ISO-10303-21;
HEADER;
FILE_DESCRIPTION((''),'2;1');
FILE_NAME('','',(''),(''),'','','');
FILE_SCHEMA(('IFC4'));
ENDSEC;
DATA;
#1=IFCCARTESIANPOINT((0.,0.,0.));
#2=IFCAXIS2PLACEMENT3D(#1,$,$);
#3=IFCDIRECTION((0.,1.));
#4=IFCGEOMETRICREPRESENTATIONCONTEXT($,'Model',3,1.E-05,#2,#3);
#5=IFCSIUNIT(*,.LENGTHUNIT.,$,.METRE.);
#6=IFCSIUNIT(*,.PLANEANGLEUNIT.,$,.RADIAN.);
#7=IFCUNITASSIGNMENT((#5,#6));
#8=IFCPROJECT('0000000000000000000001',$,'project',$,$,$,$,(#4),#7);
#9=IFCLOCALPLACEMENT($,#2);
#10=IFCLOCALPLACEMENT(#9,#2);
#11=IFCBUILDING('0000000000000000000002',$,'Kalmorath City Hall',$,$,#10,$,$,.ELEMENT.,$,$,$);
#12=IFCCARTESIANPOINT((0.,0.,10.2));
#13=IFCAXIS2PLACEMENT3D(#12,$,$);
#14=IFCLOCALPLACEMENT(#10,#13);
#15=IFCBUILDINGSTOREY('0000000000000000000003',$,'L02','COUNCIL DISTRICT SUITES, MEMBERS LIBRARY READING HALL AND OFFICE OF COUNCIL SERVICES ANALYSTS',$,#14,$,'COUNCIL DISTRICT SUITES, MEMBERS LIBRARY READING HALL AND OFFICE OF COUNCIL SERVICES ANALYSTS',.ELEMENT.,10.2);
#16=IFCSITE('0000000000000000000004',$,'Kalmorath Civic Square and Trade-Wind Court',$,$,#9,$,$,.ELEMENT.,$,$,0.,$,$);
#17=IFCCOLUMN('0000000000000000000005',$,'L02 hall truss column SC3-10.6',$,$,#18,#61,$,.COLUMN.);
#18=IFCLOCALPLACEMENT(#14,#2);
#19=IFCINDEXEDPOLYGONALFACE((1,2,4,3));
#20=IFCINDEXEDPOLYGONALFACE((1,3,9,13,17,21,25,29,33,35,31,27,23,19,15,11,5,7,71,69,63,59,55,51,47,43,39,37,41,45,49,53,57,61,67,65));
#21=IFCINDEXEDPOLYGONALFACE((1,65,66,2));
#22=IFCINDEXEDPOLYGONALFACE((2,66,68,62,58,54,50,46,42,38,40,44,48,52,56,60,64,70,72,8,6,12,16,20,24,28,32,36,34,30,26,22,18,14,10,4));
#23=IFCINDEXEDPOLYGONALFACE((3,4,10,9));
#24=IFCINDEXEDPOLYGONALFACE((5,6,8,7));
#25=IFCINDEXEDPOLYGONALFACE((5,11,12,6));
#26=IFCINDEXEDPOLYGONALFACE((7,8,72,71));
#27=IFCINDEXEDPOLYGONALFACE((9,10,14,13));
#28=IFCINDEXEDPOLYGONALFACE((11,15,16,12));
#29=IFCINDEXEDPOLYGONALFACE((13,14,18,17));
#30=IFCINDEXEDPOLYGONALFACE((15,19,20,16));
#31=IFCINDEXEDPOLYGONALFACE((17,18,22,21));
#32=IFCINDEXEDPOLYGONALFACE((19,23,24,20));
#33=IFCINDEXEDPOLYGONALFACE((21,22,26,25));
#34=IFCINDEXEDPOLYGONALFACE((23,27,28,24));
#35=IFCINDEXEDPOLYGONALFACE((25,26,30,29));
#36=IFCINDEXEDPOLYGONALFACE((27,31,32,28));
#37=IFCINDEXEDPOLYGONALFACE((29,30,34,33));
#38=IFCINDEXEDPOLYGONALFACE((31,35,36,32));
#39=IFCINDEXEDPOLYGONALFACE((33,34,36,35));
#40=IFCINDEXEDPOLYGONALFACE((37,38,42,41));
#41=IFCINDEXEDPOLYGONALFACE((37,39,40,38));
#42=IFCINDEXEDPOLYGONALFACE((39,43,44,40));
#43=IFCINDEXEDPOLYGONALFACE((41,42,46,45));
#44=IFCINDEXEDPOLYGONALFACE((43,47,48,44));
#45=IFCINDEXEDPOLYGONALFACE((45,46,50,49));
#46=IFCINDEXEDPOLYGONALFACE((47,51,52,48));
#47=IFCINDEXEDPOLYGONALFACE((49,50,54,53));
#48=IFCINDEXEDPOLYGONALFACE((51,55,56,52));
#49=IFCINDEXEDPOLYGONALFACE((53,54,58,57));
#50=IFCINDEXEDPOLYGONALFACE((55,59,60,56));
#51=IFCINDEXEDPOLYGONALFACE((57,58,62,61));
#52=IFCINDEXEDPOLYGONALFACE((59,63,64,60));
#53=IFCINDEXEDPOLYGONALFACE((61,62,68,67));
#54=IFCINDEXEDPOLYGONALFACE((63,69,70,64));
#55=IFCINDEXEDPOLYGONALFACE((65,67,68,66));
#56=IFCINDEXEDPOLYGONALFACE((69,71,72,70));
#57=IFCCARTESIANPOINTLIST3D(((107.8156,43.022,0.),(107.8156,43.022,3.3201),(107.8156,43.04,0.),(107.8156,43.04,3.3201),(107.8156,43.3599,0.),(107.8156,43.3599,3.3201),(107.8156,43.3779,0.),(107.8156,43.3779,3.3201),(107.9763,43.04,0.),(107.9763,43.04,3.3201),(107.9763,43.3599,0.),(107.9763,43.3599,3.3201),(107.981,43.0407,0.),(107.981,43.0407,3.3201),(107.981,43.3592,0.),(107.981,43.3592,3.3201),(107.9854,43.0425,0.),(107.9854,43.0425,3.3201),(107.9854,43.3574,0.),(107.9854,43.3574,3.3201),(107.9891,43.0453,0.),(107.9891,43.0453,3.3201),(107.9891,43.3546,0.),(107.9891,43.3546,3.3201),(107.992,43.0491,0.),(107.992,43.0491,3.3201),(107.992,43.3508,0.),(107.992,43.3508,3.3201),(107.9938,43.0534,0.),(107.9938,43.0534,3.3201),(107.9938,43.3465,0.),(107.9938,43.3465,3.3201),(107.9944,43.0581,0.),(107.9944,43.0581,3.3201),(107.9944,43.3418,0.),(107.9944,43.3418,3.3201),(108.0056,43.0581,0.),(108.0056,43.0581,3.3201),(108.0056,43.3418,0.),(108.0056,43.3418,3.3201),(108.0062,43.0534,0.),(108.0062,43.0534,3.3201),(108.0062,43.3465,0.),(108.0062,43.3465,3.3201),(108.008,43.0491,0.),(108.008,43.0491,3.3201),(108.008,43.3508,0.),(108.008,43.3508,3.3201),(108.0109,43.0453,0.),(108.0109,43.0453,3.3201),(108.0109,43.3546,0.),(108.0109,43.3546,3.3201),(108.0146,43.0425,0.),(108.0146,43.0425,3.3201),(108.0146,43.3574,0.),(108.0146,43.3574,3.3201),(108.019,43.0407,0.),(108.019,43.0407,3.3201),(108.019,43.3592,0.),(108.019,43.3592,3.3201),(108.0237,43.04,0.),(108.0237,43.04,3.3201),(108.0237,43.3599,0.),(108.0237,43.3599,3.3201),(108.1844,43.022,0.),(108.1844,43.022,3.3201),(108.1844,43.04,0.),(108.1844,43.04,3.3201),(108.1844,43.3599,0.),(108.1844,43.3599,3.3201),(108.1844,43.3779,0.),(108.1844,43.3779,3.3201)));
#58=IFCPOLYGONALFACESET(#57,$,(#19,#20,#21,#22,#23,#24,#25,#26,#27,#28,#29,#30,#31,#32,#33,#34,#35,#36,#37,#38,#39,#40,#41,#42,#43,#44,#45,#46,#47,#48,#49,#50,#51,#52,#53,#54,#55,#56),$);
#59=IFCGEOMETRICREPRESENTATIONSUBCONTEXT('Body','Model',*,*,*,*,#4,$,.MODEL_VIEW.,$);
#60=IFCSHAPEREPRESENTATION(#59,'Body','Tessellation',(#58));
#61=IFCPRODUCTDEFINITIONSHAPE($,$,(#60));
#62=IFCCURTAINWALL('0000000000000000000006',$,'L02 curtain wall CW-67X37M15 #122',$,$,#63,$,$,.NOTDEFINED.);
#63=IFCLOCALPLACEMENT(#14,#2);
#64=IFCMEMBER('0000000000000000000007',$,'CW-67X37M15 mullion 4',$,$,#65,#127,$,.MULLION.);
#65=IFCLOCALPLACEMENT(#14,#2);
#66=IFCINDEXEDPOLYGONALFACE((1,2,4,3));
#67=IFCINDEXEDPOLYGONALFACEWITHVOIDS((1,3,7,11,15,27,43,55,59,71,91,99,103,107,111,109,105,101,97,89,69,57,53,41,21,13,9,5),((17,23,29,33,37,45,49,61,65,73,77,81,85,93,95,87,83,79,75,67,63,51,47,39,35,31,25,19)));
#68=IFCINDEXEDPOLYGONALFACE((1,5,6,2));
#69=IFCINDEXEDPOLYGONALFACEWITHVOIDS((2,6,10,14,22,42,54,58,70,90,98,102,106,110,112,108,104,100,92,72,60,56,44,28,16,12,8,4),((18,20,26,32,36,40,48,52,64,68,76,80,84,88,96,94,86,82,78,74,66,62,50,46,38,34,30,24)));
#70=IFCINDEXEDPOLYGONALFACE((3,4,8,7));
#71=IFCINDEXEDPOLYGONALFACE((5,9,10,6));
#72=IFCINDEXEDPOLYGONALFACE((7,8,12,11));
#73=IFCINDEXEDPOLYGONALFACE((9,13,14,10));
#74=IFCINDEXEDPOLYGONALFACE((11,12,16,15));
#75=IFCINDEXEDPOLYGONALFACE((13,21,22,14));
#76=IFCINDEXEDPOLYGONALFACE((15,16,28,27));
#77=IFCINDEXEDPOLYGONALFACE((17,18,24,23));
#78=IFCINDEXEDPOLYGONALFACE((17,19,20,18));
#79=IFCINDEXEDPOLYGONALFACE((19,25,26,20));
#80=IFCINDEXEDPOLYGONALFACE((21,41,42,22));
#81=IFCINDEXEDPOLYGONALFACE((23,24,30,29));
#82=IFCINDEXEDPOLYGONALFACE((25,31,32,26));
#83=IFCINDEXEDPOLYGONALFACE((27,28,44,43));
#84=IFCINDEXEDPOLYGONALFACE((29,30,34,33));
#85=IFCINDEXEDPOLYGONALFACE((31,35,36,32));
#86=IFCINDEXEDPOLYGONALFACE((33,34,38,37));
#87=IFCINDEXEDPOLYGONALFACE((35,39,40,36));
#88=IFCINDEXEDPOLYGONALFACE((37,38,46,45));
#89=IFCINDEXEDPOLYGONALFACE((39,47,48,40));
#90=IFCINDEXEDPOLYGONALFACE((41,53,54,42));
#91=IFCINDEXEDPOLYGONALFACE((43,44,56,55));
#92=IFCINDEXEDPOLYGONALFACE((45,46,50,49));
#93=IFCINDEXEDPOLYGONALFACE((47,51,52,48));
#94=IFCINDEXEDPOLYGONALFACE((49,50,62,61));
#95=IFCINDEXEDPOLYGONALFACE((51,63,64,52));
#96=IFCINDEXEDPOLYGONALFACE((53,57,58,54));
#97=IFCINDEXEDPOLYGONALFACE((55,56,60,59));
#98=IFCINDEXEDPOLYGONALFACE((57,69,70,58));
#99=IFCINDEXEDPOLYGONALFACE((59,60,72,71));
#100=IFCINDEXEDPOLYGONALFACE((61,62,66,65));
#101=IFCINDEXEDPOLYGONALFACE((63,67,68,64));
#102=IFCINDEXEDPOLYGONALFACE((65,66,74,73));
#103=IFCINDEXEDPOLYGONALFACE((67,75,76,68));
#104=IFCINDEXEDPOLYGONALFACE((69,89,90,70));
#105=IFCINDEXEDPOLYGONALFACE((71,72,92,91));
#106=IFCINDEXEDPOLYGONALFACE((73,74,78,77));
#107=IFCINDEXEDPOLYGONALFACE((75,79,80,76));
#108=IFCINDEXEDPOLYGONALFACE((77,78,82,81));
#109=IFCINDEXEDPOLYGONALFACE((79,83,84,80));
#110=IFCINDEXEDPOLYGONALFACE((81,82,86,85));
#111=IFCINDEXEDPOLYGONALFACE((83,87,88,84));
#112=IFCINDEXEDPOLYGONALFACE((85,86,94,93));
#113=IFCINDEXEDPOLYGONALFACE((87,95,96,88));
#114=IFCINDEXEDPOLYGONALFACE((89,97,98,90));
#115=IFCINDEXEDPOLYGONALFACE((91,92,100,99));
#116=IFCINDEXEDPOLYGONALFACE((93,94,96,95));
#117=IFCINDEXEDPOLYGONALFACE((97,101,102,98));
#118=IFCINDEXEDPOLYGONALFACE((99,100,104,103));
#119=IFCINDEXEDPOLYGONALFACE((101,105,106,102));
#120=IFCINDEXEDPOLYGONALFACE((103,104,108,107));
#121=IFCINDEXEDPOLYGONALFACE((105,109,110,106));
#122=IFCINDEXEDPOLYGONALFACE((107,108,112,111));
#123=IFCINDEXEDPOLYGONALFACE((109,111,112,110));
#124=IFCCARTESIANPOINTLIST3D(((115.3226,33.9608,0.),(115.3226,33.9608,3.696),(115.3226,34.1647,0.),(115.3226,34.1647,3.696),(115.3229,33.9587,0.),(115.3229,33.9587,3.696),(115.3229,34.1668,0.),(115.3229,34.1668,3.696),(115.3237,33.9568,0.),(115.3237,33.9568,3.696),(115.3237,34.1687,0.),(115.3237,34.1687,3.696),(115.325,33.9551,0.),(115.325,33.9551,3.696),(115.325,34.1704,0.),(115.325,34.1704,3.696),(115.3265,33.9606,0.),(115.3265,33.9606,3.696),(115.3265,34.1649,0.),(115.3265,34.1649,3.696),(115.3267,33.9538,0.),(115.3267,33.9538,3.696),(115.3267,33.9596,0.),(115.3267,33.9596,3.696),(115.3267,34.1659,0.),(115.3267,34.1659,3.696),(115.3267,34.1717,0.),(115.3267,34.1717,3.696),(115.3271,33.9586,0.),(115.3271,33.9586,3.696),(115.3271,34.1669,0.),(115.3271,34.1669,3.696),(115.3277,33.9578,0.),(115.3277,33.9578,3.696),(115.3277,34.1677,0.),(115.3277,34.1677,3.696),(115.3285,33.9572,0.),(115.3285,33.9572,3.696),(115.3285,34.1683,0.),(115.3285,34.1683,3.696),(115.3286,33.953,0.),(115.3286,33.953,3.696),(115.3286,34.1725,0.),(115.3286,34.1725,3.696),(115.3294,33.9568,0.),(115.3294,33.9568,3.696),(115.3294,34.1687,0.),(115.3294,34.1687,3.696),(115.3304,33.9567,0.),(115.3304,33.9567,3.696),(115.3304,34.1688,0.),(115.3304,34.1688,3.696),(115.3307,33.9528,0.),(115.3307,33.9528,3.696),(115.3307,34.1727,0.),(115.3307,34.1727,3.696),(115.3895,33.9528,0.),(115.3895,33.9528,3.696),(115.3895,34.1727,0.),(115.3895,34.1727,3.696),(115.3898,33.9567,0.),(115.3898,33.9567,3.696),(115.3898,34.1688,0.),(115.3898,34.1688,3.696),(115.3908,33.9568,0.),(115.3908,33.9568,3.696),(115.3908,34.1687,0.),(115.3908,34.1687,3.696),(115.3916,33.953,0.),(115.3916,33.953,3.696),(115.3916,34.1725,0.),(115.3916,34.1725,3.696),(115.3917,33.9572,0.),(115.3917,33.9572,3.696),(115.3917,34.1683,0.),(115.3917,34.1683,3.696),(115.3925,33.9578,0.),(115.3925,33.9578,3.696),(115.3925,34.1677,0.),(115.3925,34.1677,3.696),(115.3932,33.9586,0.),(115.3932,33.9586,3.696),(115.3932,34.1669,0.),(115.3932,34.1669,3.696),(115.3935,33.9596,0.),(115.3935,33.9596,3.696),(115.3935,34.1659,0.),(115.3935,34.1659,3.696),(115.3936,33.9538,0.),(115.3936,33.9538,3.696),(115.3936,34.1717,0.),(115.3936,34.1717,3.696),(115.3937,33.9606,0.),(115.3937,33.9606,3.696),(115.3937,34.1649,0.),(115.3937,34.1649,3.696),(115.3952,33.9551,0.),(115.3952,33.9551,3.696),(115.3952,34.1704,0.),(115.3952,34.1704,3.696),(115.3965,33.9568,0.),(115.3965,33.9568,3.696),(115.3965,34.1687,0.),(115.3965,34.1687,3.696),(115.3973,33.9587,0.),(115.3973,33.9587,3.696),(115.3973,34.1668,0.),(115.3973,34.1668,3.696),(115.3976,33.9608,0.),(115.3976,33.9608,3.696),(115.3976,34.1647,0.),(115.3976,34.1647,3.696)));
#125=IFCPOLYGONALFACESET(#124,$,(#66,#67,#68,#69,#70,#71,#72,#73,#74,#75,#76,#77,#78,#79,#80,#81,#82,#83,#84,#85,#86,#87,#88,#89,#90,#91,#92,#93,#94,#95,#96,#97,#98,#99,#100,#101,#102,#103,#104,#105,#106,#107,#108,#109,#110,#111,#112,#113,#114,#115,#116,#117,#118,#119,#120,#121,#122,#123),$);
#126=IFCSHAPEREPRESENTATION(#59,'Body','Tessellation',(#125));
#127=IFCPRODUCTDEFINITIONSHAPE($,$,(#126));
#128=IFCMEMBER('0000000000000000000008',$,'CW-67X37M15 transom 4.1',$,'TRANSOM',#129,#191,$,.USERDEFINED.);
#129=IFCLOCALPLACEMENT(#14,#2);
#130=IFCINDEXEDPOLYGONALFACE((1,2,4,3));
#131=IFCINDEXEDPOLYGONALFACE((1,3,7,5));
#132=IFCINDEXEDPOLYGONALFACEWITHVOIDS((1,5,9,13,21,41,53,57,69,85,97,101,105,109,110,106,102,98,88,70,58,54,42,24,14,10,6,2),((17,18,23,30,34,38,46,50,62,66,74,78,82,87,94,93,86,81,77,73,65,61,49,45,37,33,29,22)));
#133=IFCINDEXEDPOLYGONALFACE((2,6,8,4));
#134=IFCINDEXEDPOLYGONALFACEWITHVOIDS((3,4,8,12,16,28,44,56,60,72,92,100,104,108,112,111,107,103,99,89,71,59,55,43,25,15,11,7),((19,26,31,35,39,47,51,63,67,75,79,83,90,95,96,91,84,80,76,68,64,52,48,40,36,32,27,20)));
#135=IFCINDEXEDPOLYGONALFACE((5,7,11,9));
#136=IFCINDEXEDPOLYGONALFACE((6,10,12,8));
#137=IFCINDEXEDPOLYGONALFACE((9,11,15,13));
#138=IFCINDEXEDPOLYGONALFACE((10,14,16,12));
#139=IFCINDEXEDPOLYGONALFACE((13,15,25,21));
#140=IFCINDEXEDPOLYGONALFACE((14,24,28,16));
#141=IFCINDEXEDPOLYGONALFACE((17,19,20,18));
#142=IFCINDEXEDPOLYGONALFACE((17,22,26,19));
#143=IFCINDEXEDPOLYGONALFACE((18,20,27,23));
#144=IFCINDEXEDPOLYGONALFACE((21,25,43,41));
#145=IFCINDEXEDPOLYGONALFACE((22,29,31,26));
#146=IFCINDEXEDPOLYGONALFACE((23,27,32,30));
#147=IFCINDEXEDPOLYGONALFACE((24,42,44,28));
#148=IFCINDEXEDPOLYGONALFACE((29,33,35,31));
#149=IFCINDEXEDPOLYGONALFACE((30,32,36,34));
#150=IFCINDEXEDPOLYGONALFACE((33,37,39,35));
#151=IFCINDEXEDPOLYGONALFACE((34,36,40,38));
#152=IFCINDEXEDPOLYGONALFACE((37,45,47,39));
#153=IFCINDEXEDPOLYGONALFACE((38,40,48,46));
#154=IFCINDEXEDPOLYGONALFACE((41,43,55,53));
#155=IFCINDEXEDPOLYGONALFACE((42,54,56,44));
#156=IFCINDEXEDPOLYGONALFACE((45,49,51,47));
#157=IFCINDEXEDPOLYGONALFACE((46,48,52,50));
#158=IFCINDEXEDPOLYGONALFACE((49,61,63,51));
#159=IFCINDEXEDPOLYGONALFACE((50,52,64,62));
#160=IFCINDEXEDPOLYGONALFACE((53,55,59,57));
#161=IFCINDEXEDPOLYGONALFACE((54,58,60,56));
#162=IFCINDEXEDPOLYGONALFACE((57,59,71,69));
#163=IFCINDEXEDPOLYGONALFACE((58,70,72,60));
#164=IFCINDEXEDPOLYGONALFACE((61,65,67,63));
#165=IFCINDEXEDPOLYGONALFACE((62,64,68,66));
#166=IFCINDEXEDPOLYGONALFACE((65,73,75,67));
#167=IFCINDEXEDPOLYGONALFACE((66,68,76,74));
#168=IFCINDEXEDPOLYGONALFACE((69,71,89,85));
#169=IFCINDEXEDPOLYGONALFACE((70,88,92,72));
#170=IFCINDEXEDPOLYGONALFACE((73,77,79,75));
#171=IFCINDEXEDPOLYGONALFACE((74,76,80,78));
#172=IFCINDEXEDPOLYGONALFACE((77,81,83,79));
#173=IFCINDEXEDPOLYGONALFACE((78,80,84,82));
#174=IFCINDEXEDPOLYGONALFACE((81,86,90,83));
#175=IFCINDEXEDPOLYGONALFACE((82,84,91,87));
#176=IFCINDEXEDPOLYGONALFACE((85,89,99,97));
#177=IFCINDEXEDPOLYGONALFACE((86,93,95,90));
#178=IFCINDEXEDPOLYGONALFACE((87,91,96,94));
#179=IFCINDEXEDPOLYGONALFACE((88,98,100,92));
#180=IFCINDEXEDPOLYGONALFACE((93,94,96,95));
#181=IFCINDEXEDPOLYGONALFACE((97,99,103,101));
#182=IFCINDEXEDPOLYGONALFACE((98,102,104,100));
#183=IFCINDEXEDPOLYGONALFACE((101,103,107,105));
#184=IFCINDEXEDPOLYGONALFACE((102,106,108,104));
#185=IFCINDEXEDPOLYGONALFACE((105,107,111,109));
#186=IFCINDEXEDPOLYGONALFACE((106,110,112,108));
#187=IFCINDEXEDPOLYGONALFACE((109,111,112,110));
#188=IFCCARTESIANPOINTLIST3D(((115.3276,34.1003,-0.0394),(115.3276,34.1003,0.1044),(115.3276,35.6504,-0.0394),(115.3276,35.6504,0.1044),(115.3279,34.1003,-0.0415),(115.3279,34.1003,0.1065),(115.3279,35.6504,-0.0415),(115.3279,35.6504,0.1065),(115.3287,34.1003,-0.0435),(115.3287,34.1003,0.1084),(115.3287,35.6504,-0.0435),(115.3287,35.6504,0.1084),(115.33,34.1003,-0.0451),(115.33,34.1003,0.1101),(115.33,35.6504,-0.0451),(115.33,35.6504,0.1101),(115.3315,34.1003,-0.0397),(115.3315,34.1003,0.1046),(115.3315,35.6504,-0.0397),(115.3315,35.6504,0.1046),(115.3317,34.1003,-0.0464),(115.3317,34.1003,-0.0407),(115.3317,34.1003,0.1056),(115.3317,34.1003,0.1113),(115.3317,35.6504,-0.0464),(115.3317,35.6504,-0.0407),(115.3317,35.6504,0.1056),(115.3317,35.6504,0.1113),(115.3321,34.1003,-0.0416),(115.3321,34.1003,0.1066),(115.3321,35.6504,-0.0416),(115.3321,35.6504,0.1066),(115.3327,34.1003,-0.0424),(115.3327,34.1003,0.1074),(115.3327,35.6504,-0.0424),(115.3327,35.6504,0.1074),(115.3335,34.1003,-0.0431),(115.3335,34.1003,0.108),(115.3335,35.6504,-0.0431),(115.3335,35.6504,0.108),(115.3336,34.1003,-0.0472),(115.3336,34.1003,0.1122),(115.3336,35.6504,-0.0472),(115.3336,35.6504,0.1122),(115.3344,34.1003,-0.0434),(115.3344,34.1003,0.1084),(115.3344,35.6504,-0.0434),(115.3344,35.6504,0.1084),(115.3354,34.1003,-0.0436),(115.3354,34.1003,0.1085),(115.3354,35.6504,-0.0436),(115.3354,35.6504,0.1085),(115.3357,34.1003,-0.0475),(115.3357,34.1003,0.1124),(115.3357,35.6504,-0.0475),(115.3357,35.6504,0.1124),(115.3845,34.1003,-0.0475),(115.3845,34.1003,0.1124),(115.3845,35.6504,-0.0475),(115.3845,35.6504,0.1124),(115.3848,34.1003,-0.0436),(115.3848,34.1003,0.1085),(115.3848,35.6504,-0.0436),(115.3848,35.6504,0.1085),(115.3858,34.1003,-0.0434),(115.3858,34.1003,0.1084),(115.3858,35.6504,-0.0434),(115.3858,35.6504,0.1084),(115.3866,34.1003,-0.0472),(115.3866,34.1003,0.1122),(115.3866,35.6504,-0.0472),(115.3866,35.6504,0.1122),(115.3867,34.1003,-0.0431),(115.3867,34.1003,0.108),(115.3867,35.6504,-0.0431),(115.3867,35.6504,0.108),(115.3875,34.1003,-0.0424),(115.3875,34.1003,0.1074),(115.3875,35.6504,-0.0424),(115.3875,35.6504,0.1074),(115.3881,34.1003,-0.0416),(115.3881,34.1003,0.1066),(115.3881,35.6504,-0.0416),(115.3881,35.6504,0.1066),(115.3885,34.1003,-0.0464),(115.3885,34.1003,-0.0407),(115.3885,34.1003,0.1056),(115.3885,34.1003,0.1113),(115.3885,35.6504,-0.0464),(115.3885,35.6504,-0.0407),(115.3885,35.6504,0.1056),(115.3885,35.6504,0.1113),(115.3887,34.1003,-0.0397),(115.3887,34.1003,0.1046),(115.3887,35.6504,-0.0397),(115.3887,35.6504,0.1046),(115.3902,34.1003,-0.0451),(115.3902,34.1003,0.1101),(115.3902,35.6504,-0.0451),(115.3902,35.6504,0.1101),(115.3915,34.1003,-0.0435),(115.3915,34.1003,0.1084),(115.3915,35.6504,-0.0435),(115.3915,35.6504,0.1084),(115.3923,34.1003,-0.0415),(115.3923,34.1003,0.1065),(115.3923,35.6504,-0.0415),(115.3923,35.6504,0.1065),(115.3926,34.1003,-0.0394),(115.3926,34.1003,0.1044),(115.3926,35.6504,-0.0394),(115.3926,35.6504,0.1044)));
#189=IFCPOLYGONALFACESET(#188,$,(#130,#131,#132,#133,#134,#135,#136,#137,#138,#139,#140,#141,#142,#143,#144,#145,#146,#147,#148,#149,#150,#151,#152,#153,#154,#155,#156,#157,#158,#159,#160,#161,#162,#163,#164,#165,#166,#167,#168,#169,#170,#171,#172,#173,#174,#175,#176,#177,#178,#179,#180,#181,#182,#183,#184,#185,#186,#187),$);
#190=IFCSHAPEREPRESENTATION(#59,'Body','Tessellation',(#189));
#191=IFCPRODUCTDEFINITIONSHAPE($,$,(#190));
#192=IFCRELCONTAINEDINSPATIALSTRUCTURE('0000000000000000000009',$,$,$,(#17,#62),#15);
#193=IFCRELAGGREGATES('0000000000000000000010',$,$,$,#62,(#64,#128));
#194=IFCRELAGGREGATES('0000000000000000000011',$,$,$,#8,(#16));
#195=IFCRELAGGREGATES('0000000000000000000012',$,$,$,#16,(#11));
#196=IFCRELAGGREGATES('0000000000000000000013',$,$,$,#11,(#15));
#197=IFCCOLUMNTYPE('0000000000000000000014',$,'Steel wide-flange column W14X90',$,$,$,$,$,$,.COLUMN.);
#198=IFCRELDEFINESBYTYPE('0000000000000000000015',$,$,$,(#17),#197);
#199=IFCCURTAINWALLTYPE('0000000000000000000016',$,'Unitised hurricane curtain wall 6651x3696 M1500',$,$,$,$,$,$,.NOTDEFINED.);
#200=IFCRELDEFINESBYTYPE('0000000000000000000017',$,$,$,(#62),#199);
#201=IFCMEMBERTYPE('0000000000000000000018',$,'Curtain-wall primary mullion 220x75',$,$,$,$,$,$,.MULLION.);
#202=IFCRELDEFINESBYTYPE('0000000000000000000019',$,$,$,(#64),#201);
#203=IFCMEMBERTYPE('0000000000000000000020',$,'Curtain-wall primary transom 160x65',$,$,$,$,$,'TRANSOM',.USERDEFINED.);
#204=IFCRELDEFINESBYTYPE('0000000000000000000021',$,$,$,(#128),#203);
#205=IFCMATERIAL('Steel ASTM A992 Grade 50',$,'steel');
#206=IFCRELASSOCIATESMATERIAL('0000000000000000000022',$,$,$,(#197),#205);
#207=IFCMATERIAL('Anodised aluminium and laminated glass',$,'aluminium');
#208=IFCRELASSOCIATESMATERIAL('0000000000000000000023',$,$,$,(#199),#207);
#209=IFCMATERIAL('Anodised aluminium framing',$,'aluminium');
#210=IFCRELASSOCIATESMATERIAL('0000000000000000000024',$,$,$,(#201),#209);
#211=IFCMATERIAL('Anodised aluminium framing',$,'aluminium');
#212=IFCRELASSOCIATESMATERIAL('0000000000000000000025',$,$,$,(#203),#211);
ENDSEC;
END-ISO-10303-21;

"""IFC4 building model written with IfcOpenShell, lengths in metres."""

from ifc_helpers import new_model, si_unit, direction, frame, origin, origin_2d, place, context, subcontext, project, spatial, hollow_rectangle, i_section, extrude, material, material_profile, profile_set, type_object, element, aggregate, save


model = new_model("IFC4")

# Units and contexts
model_context = context("Model", 3, precision=1e-05, world=origin(), true_north=direction((0.0, 1.0)))
body_context = subcontext(model_context, "Body", "Model", "MODEL_VIEW")
ifc_project = project(units=[si_unit("LENGTHUNIT", "METRE"), si_unit("PLANEANGLEUNIT", "RADIAN")], contexts=[model_context])

# Site, building, storey
site_placement = place(None, origin())
site = spatial("IfcSite", under=ifc_project, at=site_placement, Name="Kalmorath Civic Square and Trade-Wind Court", CompositionType="ELEMENT", RefElevation=0.0)
building_placement = place(site_placement, origin())
building = spatial("IfcBuilding", under=site, at=building_placement, Name="Kalmorath City Hall", CompositionType="ELEMENT")
storey_placement = place(building_placement, frame((0.0, 0.0, 10.2)))
storey = spatial("IfcBuildingStorey", under=building, at=storey_placement, Name="L02", Description="COUNCIL DISTRICT SUITES, MEMBERS LIBRARY READING HALL AND OFFICE OF COUNCIL SERVICES ANALYSTS", LongName="COUNCIL DISTRICT SUITES, MEMBERS LIBRARY READING HALL AND OFFICE OF COUNCIL SERVICES ANALYSTS", CompositionType="ELEMENT", Elevation=10.2)

# Column
ifc_material_1 = material(Name="Steel ASTM A992 Grade 50", Category="steel")
ifc_material_profile_1 = material_profile(ifc_material_1, i_section(OverallWidth=0.3689, OverallDepth=0.356, WebThickness=0.0112, FlangeThickness=0.0181, FilletRadius=0.0181, at=origin_2d()), Name="W14X90")
ifc_profile_set_1 = profile_set([ifc_material_profile_1], Name="Steel ASTM A992 Grade 50")
column_type = type_object("IfcColumnType", Name="Steel wide-flange column W14X90", PredefinedType="COLUMN", material=ifc_profile_set_1)
column_1_placement = place(storey_placement, frame((108.0, 43.2, 0.0), z_axis=(0.0, 0.0, 1.0), x_axis=(1.0, 0.0, 0.0)))
element("IfcColumn", 1, at=column_1_placement, inside=storey, type_object=column_type, Name="L02 hall truss column SC3-10.6", PredefinedType="COLUMN", context=body_context, shape_type="SweptSolid", body=[
    extrude(i_section(OverallWidth=0.3689, OverallDepth=0.356, WebThickness=0.0112, FlangeThickness=0.0181, FilletRadius=0.0181, at=origin_2d()), origin(), (0.0, 0.0, 1.0), 3.3201),
])

# Curtain wall, members
ifc_material_2 = material(Name="Anodised aluminium and laminated glass", Category="aluminium")
curtain_wall_type = type_object("IfcCurtainWallType", Name="Unitised hurricane curtain wall 6651x3696 M1500", PredefinedType="NOTDEFINED", material=ifc_material_2)
curtain_wall_placement = place(storey_placement, origin())
curtain_wall = element("IfcCurtainWall", 2, at=curtain_wall_placement, inside=storey, type_object=curtain_wall_type, Name="L02 curtain wall CW-67X37M15 #122", PredefinedType="NOTDEFINED")
ifc_material_3 = material(Name="Anodised aluminium framing", Category="aluminium")
ifc_material_profile_2 = material_profile(ifc_material_3, hollow_rectangle(XDim=0.075, YDim=0.22, WallThickness=0.0039, InnerFilletRadius=0.0039, OuterFilletRadius=0.0081, at=origin_2d()), Name="ALU-MUL-220X75X4")
ifc_profile_set_2 = profile_set([ifc_material_profile_2], Name="Anodised aluminium framing")
member_type_1 = type_object("IfcMemberType", Name="Curtain-wall primary mullion 220x75", PredefinedType="MULLION", material=ifc_profile_set_2)
member_1_placement = place(storey_placement, frame((115.3601, 34.0627, 0.0), z_axis=(0.0, 0.0, 1.0), x_axis=(-1.0, 0.0, 0.0)))
member_1 = element("IfcMember", 3, at=member_1_placement, type_object=member_type_1, Name="CW-67X37M15 mullion 4", PredefinedType="MULLION", context=body_context, shape_type="SweptSolid", body=[
    extrude(hollow_rectangle(XDim=0.075, YDim=0.22, WallThickness=0.0039, InnerFilletRadius=0.0039, OuterFilletRadius=0.0081, at=origin_2d()), origin(), (0.0, 0.0, 1.0), 3.696),
])
ifc_material_4 = material(Name="Anodised aluminium framing", Category="aluminium")
ifc_material_profile_3 = material_profile(ifc_material_4, hollow_rectangle(XDim=0.0649, YDim=0.1599, WallThickness=0.0039, InnerFilletRadius=0.0039, OuterFilletRadius=0.0081, at=origin_2d()), Name="ALU-TRN-160X65X4")
ifc_profile_set_3 = profile_set([ifc_material_profile_3], Name="Anodised aluminium framing")
member_type_2 = type_object("IfcMemberType", Name="Curtain-wall primary transom 160x65", ElementType="TRANSOM", PredefinedType="USERDEFINED", material=ifc_profile_set_3)
member_2_placement = place(storey_placement, frame((115.3601, 34.1003, 0.0325), z_axis=(0.0, 1.0, 0.0), x_axis=(-1.0, 0.0, 0.0)))
member_2 = element("IfcMember", 4, at=member_2_placement, type_object=member_type_2, Name="CW-67X37M15 transom 4.1", ObjectType="TRANSOM", PredefinedType="USERDEFINED", context=body_context, shape_type="SweptSolid", body=[
    extrude(hollow_rectangle(XDim=0.0649, YDim=0.1599, WallThickness=0.0039, InnerFilletRadius=0.0039, OuterFilletRadius=0.0081, at=origin_2d()), origin(), (0.0, 0.0, 1.0), 1.55),
])

aggregate(curtain_wall, [member_1, member_2])

save(model, "model.ifc")
